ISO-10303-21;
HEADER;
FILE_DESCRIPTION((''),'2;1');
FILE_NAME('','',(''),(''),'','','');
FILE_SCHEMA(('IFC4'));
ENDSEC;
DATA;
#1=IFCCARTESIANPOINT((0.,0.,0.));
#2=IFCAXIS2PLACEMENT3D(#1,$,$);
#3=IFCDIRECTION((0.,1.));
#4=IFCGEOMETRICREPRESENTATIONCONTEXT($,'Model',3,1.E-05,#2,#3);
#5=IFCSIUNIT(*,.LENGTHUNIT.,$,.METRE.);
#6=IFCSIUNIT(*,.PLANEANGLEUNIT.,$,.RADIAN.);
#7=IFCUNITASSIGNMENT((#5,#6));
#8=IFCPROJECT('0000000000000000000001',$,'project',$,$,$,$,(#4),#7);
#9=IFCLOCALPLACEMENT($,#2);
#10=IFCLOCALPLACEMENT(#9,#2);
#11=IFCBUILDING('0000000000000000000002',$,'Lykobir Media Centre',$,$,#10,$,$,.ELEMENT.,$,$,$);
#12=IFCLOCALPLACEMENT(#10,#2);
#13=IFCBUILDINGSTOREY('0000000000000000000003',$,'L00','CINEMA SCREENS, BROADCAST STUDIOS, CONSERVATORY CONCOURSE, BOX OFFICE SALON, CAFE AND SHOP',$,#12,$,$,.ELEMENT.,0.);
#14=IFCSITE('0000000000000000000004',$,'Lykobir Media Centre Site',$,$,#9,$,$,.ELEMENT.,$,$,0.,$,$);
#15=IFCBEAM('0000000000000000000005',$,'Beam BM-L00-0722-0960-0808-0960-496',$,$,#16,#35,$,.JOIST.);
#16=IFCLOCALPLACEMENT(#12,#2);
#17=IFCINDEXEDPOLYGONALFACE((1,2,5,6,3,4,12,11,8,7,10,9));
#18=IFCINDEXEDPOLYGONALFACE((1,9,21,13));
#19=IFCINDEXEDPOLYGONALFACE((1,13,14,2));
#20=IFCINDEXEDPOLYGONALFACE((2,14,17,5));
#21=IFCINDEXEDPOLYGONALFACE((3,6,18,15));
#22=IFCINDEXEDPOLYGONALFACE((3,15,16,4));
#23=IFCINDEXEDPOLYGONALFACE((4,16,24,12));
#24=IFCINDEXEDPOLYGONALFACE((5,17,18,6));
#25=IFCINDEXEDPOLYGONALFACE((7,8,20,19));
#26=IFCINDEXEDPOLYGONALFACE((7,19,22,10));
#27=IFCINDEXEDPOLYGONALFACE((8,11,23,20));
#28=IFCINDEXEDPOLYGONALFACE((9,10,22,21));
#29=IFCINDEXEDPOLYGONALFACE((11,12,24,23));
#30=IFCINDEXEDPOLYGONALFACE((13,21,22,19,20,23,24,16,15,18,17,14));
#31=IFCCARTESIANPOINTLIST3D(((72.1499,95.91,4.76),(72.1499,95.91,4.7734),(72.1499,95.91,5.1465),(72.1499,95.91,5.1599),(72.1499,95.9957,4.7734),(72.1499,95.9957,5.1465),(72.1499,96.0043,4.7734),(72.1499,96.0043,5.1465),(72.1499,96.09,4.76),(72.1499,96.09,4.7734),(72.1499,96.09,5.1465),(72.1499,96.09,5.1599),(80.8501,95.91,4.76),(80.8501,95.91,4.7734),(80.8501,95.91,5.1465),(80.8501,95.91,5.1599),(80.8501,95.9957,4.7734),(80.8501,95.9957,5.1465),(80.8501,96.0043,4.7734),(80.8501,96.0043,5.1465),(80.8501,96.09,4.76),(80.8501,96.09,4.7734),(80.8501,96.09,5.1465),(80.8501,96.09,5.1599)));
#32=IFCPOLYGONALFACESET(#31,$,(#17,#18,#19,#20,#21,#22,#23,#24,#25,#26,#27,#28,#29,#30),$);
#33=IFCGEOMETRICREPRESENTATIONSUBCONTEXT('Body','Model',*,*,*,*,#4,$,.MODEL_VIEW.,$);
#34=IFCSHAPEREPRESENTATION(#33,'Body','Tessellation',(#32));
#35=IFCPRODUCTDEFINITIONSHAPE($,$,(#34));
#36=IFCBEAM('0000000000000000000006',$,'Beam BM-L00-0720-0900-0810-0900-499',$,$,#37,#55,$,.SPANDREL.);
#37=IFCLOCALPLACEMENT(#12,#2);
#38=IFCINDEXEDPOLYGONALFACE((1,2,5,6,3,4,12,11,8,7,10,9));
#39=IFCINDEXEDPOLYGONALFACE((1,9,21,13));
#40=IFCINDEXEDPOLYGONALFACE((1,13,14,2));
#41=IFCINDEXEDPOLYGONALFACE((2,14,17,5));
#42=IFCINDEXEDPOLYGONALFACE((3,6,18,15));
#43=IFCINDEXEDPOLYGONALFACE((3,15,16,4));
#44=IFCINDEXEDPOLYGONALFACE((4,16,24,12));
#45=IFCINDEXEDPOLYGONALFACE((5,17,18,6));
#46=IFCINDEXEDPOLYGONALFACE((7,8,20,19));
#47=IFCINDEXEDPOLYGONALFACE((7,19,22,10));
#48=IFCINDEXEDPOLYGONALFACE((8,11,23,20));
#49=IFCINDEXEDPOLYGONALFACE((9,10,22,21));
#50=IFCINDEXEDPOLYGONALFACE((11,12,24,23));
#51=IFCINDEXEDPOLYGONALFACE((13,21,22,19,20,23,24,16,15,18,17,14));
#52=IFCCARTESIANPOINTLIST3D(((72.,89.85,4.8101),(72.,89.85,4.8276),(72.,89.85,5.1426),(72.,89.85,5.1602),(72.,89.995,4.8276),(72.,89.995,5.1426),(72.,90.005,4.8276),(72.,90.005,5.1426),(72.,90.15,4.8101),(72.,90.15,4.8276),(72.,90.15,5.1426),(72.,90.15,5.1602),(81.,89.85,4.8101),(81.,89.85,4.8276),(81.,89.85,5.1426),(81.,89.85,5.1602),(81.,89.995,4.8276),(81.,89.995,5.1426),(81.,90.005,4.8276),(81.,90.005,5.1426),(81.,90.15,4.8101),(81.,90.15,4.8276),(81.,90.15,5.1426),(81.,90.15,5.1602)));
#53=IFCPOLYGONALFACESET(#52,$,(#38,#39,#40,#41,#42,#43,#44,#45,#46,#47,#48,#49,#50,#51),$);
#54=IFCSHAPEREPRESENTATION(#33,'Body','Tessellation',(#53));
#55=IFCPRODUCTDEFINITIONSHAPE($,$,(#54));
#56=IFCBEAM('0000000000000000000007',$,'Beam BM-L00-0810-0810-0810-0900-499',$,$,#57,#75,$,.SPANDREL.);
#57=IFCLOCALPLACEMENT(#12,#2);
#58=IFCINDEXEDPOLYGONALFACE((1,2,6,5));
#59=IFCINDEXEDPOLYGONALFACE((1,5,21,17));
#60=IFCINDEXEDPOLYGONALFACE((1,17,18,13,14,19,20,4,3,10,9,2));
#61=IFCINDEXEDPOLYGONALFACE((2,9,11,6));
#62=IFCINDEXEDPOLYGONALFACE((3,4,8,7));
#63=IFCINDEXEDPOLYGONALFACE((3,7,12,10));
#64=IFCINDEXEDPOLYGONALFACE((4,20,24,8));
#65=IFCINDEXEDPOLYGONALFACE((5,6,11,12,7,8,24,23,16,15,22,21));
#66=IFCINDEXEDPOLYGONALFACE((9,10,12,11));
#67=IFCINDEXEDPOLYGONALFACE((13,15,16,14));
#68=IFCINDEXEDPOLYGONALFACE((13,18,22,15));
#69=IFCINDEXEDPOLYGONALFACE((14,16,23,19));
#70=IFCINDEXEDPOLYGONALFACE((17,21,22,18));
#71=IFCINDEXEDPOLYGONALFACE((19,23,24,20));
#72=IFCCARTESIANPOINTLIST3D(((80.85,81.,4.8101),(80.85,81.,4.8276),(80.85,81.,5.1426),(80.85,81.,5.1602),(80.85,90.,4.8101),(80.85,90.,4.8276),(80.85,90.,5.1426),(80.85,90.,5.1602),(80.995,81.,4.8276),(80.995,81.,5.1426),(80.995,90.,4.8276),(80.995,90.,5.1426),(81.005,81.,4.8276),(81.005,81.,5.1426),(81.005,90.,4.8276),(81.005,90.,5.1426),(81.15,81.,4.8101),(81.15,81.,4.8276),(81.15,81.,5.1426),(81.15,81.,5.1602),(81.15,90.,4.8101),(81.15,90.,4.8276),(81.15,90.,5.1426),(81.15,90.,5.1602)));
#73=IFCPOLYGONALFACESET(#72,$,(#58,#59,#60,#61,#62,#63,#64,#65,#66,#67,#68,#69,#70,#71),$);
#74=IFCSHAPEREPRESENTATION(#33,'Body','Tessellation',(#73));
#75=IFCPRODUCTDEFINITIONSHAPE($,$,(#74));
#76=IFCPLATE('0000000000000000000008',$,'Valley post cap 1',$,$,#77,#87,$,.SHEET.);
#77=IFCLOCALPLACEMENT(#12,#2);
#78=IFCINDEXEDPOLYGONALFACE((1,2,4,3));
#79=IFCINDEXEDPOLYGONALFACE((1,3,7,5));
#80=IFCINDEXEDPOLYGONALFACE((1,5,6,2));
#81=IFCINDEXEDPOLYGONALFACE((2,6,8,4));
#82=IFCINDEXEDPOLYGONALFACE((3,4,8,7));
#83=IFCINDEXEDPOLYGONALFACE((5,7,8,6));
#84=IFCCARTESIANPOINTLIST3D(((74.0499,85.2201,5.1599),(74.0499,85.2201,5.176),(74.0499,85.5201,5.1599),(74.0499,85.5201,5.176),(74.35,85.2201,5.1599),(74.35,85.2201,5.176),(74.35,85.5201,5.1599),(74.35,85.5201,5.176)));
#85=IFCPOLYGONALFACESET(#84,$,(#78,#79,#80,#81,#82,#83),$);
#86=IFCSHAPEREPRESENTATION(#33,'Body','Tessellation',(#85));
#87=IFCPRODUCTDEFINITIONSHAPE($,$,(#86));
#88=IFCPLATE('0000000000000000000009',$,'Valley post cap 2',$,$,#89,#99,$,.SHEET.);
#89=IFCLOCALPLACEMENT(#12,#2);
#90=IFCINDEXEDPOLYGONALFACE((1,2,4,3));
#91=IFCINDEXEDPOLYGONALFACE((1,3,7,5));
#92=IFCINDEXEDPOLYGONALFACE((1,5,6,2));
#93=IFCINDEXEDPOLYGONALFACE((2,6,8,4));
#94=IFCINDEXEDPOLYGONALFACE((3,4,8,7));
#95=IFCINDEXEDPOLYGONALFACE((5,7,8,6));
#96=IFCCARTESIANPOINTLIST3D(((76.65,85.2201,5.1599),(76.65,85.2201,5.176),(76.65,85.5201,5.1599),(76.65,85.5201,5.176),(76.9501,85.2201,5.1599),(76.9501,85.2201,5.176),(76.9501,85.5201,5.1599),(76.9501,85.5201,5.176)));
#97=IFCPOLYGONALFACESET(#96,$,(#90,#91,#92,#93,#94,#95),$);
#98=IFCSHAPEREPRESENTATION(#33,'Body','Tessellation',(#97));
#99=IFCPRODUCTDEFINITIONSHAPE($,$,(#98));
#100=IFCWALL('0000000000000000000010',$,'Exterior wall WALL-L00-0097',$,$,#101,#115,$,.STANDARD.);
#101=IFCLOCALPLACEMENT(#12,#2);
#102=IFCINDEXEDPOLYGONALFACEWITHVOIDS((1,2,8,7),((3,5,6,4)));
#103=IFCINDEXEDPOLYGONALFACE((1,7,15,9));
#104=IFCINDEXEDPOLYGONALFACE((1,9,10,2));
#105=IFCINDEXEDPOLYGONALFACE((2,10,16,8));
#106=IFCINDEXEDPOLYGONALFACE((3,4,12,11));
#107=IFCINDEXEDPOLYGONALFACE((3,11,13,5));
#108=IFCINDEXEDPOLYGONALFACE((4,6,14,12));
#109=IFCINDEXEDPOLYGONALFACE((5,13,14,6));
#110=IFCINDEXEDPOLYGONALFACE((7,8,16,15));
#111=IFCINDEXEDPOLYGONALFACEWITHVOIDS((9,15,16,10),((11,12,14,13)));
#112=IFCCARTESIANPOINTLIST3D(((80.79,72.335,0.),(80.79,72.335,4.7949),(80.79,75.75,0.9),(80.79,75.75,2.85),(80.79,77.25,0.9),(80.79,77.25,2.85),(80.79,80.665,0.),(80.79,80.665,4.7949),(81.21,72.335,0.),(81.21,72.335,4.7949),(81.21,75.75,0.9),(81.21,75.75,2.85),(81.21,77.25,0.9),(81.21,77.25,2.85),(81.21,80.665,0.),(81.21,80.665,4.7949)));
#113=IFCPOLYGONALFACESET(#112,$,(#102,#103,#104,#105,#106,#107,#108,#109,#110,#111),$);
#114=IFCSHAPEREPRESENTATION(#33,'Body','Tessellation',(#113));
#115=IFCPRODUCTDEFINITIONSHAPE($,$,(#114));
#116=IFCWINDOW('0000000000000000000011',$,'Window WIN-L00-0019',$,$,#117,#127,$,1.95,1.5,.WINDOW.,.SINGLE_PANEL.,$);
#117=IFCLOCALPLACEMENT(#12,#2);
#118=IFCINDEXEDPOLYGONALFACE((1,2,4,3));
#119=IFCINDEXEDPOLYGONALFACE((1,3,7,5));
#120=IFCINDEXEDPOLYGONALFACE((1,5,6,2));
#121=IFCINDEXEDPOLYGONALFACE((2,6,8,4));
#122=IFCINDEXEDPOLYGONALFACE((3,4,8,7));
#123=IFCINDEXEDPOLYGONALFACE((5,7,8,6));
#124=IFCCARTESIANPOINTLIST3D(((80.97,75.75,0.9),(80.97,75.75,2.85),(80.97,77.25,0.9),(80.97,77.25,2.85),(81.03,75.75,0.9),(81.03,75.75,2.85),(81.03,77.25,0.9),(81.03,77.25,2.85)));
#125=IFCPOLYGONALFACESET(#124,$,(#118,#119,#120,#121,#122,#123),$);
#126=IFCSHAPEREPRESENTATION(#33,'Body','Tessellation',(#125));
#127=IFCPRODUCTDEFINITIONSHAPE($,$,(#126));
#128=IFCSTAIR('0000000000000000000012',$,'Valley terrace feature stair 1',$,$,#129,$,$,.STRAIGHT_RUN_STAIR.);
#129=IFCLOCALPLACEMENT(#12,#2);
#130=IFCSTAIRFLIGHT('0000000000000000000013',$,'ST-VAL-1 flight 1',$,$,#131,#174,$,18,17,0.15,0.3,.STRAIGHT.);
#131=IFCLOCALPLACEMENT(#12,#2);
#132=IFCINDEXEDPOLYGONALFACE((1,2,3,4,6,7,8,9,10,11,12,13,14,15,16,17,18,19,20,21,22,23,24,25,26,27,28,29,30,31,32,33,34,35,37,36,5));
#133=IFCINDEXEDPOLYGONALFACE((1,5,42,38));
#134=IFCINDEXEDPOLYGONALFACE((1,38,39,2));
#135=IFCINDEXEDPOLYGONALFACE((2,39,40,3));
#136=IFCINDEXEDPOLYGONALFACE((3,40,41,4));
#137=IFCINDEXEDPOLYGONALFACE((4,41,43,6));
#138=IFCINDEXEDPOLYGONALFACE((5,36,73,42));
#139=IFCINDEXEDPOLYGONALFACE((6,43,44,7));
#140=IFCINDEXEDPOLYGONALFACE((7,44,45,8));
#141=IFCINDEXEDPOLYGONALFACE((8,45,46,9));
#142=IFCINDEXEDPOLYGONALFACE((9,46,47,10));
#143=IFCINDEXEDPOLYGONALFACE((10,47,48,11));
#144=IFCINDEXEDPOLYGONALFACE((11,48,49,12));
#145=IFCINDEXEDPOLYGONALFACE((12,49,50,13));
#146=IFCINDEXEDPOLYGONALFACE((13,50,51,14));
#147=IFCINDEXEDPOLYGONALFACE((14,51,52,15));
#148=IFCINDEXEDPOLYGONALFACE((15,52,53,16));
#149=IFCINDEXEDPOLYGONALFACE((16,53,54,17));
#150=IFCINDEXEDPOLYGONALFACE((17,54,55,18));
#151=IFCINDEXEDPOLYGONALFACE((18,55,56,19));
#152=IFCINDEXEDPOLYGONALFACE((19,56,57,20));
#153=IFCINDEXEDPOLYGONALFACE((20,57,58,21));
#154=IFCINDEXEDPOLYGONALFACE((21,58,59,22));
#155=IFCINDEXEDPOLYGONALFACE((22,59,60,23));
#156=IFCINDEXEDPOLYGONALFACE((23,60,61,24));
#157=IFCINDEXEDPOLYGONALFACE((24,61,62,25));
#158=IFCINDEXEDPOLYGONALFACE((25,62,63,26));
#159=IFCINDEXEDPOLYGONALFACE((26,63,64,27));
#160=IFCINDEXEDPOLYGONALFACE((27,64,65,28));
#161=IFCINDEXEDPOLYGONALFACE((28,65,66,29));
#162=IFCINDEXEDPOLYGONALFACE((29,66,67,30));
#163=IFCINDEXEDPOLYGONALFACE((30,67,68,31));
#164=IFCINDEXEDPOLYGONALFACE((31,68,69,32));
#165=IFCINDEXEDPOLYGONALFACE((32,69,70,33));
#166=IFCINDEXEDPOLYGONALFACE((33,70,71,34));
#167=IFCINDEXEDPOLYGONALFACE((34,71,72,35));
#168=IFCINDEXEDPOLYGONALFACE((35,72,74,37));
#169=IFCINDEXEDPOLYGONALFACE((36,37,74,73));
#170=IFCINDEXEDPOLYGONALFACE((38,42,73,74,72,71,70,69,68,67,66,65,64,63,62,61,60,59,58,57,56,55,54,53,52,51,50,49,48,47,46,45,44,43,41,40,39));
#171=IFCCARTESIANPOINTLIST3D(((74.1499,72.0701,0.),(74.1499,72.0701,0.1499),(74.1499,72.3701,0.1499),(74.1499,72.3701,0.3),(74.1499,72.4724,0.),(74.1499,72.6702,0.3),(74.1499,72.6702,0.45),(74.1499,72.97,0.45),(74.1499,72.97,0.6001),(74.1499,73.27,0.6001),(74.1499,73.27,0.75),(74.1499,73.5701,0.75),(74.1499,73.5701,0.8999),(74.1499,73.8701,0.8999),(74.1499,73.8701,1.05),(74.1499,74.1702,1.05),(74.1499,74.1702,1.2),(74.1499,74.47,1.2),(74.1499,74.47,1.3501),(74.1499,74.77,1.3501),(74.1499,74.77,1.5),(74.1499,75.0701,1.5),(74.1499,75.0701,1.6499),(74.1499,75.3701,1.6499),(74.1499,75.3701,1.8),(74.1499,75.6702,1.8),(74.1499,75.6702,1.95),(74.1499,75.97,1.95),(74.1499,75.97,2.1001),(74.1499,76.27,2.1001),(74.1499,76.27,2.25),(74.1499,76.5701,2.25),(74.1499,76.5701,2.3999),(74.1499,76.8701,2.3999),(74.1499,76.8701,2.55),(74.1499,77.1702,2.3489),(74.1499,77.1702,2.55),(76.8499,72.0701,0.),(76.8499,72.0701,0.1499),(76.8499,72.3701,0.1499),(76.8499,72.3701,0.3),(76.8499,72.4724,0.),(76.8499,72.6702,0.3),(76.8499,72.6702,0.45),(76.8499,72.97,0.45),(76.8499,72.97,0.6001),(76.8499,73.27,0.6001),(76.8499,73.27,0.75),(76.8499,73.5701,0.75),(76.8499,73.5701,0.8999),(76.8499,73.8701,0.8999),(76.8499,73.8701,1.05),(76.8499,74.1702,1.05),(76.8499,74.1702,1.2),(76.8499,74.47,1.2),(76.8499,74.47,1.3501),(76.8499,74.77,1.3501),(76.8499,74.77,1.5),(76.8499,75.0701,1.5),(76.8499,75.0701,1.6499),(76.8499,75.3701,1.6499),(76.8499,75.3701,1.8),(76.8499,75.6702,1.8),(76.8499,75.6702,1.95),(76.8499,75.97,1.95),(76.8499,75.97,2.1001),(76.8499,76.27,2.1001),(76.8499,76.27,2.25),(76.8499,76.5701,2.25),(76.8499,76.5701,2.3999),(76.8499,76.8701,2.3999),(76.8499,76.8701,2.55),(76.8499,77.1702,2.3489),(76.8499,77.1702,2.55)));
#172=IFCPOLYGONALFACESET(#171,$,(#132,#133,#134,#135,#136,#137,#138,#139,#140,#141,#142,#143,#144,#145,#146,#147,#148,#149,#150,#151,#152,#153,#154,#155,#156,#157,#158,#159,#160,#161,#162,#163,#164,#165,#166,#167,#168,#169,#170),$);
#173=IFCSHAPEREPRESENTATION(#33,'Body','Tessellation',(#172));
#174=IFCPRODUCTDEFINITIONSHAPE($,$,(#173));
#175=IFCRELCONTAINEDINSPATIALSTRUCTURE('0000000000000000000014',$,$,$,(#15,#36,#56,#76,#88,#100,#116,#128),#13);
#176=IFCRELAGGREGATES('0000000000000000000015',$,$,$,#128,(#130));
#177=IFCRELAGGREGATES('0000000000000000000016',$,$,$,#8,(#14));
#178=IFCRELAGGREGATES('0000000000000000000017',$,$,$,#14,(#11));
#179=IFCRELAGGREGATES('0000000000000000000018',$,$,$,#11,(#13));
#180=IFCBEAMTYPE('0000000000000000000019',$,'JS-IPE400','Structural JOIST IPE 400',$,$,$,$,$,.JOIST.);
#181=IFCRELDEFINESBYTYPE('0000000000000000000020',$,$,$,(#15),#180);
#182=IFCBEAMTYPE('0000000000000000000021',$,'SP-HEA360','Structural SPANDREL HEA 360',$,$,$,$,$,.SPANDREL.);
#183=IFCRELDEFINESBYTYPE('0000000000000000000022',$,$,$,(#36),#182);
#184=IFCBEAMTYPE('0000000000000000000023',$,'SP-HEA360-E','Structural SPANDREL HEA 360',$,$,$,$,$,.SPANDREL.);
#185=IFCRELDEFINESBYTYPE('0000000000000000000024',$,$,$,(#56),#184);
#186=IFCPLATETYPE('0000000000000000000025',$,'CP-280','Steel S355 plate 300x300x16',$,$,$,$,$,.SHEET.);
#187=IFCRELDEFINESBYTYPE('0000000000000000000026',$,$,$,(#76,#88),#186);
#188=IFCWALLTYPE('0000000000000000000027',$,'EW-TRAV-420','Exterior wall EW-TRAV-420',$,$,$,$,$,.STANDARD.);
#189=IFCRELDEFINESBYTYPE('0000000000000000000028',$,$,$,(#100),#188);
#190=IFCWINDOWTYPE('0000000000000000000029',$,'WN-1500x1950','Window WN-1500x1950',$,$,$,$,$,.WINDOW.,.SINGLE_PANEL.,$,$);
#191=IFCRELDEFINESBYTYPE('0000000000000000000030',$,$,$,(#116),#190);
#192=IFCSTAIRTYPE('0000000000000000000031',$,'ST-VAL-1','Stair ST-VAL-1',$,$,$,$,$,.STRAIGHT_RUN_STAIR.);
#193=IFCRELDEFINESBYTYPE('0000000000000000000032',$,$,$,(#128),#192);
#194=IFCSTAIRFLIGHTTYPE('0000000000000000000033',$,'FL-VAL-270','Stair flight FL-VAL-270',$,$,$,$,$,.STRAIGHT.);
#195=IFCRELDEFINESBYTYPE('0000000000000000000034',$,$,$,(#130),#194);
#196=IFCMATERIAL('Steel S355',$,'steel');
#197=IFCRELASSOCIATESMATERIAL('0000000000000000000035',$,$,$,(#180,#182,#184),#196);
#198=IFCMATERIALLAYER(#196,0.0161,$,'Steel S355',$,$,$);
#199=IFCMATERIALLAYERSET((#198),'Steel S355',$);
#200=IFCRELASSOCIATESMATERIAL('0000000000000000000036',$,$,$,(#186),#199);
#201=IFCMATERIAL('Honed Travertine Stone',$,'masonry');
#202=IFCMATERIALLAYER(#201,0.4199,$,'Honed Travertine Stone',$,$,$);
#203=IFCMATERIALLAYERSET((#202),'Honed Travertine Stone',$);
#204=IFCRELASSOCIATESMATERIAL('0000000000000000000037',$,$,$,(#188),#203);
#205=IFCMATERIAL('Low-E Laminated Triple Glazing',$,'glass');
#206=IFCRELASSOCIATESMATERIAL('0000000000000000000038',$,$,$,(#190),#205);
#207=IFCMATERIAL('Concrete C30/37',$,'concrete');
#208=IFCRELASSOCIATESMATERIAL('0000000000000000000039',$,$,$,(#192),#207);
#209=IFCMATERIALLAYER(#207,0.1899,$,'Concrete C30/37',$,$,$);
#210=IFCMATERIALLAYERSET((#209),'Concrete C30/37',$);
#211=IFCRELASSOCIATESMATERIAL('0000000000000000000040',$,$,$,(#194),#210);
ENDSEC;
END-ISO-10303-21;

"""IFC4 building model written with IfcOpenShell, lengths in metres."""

from ifc_helpers import new_model, si_unit, direction, frame, frame_2d, origin, origin_2d, place, context, subcontext, project, spatial, polyline, rectangle, i_section, outline, extrude, material, layer, layer_set, material_profile, profile_set, type_object, element, fill, aggregate, save


model = new_model("IFC4")

# Units and contexts
model_context = context("Model", 3, precision=1e-05, world=origin(), true_north=direction((0.0, 1.0)))
body_context = subcontext(model_context, "Body", "Model", "MODEL_VIEW")
ifc_project = project(units=[si_unit("LENGTHUNIT", "METRE"), si_unit("PLANEANGLEUNIT", "RADIAN")], contexts=[model_context])

# Site, building, storey
site_placement = place(None, origin())
site = spatial("IfcSite", under=ifc_project, at=site_placement, Name="Lykobir Media Centre Site", CompositionType="ELEMENT", RefElevation=0.0)
building_placement = place(site_placement, origin())
building = spatial("IfcBuilding", under=site, at=building_placement, Name="Lykobir Media Centre", CompositionType="ELEMENT")
storey_placement = place(building_placement, origin())
storey = spatial("IfcBuildingStorey", under=building, at=storey_placement, Name="L00", Description="CINEMA SCREENS, BROADCAST STUDIOS, CONSERVATORY CONCOURSE, BOX OFFICE SALON, CAFE AND SHOP", CompositionType="ELEMENT", Elevation=0.0)

# Shared definitions
ifc_material_1 = material(Name="Steel S355", Category="steel")

# Beams
ifc_material_profile_1 = material_profile(ifc_material_1, i_section(OverallWidth=0.1799, OverallDepth=0.3999, WebThickness=0.0085, FlangeThickness=0.0134, at=origin_2d()), Name="IPE 400")
ifc_profile_set_1 = profile_set([ifc_material_profile_1], Name="Steel S355")
beam_type_1 = type_object("IfcBeamType", Name="JS-IPE400", Description="Structural JOIST IPE 400", PredefinedType="JOIST", material=ifc_profile_set_1)
for number, where, z_axis, x_axis, name in (
    (1, (72.1499, 96.0, 4.96), (1.0, 0.0, 0.0), (0.0, 1.0, 0.0), "Beam BM-L00-0722-0960-0808-0960-496"),
):
    element("IfcBeam", number, at=place(storey_placement, frame(where, z_axis=z_axis, x_axis=x_axis)), inside=storey, type_object=beam_type_1, Name=name, PredefinedType="JOIST", context=body_context, shape_type="SweptSolid", body=[
        extrude(i_section(OverallWidth=0.1799, OverallDepth=0.3999, WebThickness=0.0085, FlangeThickness=0.0134, at=origin_2d()), origin(), (0.0, 0.0, 1.0), 8.7002),
    ])
ifc_material_profile_2 = material_profile(ifc_material_1, i_section(OverallWidth=0.3, OverallDepth=0.3501, WebThickness=0.01, FlangeThickness=0.0176, at=origin_2d()), Name="HEA 360")
ifc_profile_set_2 = profile_set([ifc_material_profile_2], Name="Steel S355")
beam_type_2 = type_object("IfcBeamType", Name="SP-HEA360", Description="Structural SPANDREL HEA 360", PredefinedType="SPANDREL", material=ifc_profile_set_2)
beam_1_placement = place(storey_placement, frame((72.0, 90.0, 4.9851), z_axis=(1.0, 0.0, 0.0), x_axis=(0.0, 1.0, 0.0)))
element("IfcBeam", 2, at=beam_1_placement, inside=storey, type_object=beam_type_2, Name="Beam BM-L00-0720-0900-0810-0900-499", PredefinedType="SPANDREL", context=body_context, shape_type="SweptSolid", body=[
    extrude(i_section(OverallWidth=0.3, OverallDepth=0.3501, WebThickness=0.01, FlangeThickness=0.0176, at=origin_2d()), origin(), (0.0, 0.0, 1.0), 9.0),
])
ifc_material_profile_3 = material_profile(ifc_material_1, i_section(OverallWidth=0.3, OverallDepth=0.3501, WebThickness=0.01, FlangeThickness=0.0176, at=origin_2d()), Name="HEA 360")
ifc_profile_set_3 = profile_set([ifc_material_profile_3], Name="Steel S355")
beam_type_3 = type_object("IfcBeamType", Name="SP-HEA360-E", Description="Structural SPANDREL HEA 360", PredefinedType="SPANDREL", material=ifc_profile_set_3)
beam_2_placement = place(storey_placement, frame((81.0, 81.0, 4.9851), z_axis=(0.0, 1.0, 0.0), x_axis=(-1.0, 0.0, 0.0)))
element("IfcBeam", 3, at=beam_2_placement, inside=storey, type_object=beam_type_3, Name="Beam BM-L00-0810-0810-0810-0900-499", PredefinedType="SPANDREL", context=body_context, shape_type="SweptSolid", body=[
    extrude(i_section(OverallWidth=0.3, OverallDepth=0.3501, WebThickness=0.01, FlangeThickness=0.0176, at=origin_2d()), origin(), (0.0, 0.0, 1.0), 9.0),
])

# Plates
ifc_layer_1 = layer(ifc_material_1, 0.0161, Name="Steel S355")
ifc_layer_set_1 = layer_set([ifc_layer_1], Name="Steel S355")
plate_type = type_object("IfcPlateType", Name="CP-280", Description="Steel S355 plate 300x300x16", PredefinedType="SHEET", material=ifc_layer_set_1)
for number, where, z_axis, x_axis, name in (
    (4, (74.2, 85.3701, 5.1599), (0.0, 0.0, 1.0), (1.0, 0.0, 0.0), "Valley post cap 1"),
    (5, (76.8, 85.3701, 5.1599), (0.0, 0.0, 1.0), (1.0, 0.0, 0.0), "Valley post cap 2"),
):
    element("IfcPlate", number, at=place(storey_placement, frame(where, z_axis=z_axis, x_axis=x_axis)), inside=storey, type_object=plate_type, Name=name, PredefinedType="SHEET", context=body_context, shape_type="SweptSolid", body=[
        extrude(rectangle(XDim=0.3, YDim=0.3, at=origin_2d()), origin(), (0.0, 0.0, 1.0), 0.0161),
    ])

# Wall, opening, window
ifc_material_2 = material(Name="Honed Travertine Stone", Category="masonry")
ifc_layer_2 = layer(ifc_material_2, 0.4199, Name="Honed Travertine Stone")
ifc_layer_set_2 = layer_set([ifc_layer_2], Name="Honed Travertine Stone")
wall_type = type_object("IfcWallType", Name="EW-TRAV-420", Description="Exterior wall EW-TRAV-420", PredefinedType="STANDARD", material=ifc_layer_set_2)
wall_placement = place(storey_placement, frame((81.0, 72.335, 0.0), z_axis=(0.0, 0.0, 1.0), x_axis=(0.0, 1.0, 0.0)))
wall = element("IfcWall", 6, at=wall_placement, inside=storey, type_object=wall_type, Name="Exterior wall WALL-L00-0097", PredefinedType="STANDARD", context=body_context, shape_type="SweptSolid", body=[
    extrude(rectangle(XDim=8.3301, YDim=0.4199, at=frame_2d((4.165, 0.0))), origin(), (0.0, 0.0, 1.0), 4.7949),
])
opening_placement = place(wall_placement, frame((3.415, 0.0, 0.8999)))
opening = element("IfcOpeningElement", 7, at=opening_placement, cuts=wall, PredefinedType="OPENING", context=body_context, shape_type="SweptSolid", body=[
    extrude(rectangle(XDim=1.5, YDim=1.95, at=frame_2d((0.75, 0.9751))), frame((0.0, 0.22, 0.0), z_axis=(0.0, -1.0, 0.0), x_axis=(1.0, 0.0, 0.0)), (0.0, 0.0, 1.0), 0.4399),
])
ifc_material_3 = material(Name="Low-E Laminated Triple Glazing", Category="glass")
window_type = type_object("IfcWindowType", Name="WN-1500x1950", Description="Window WN-1500x1950", PartitioningType="SINGLE_PANEL", PredefinedType="WINDOW", material=ifc_material_3)
window_placement = place(opening_placement, origin())
window = element("IfcWindow", 8, at=window_placement, inside=storey, type_object=window_type, Name="Window WIN-L00-0019", OverallHeight=1.95, OverallWidth=1.5, PartitioningType="SINGLE_PANEL", PredefinedType="WINDOW", context=body_context, shape_type="SweptSolid", body=[
    extrude(rectangle(XDim=1.5, YDim=1.95, at=frame_2d((0.75, 0.9751))), frame((0.0, 0.03, 0.0), z_axis=(0.0, -1.0, 0.0), x_axis=(1.0, 0.0, 0.0)), (0.0, 0.0, 1.0), 0.0601),
])
fill(opening, window)

# Stair, stair flight
ifc_material_4 = material(Name="Concrete C30/37", Category="concrete")
stair_type = type_object("IfcStairType", Name="ST-VAL-1", Description="Stair ST-VAL-1", PredefinedType="STRAIGHT_RUN_STAIR", material=ifc_material_4)
stair_placement = place(storey_placement, origin())
stair = element("IfcStair", 9, at=stair_placement, inside=storey, type_object=stair_type, Name="Valley terrace feature stair 1", PredefinedType="STRAIGHT_RUN_STAIR")
ifc_layer_3 = layer(ifc_material_4, 0.1899, Name="Concrete C30/37")
ifc_layer_set_3 = layer_set([ifc_layer_3], Name="Concrete C30/37")
stair_flight_type = type_object("IfcStairFlightType", Name="FL-VAL-270", Description="Stair flight FL-VAL-270", PredefinedType="STRAIGHT", material=ifc_layer_set_3)
stair_flight_1_placement = place(storey_placement, frame((75.5, 72.0701, 0.0), z_axis=(0.0, 0.0, 1.0), x_axis=(0.0, 1.0, 0.0)))
stair_flight_1 = element("IfcStairFlight", 10, at=stair_flight_1_placement, type_object=stair_flight_type, Name="ST-VAL-1 flight 1", NumberOfRisers=18, NumberOfTreads=17, PredefinedType="STRAIGHT", RiserHeight=0.15, TreadLength=0.3, context=body_context, shape_type="SweptSolid", body=[
    extrude(outline(polyline([(0.0, 0.0), (0.0, 0.1499), (0.3, 0.1499), (0.3, 0.3), (0.6001, 0.3), (0.6001, 0.45), (0.8999, 0.45), (0.8999, 0.6001), (1.2, 0.6001), (1.2, 0.75), (1.5, 0.75), (1.5, 0.8999), (1.8, 0.8999), (1.8, 1.05), (2.1001, 1.05), (2.1001, 1.2), (2.3999, 1.2), (2.3999, 1.3501), (2.7, 1.3501), (2.7, 1.5), (3.0, 1.5), (3.0, 1.6499), (3.3, 1.6499), (3.3, 1.8), (3.6001, 1.8), (3.6001, 1.95), (3.8999, 1.95), (3.8999, 2.1001), (4.2, 2.1001), (4.2, 2.25), (4.5, 2.25), (4.5, 2.3999), (4.8, 2.3999), (4.8, 2.55), (5.1001, 2.55), (5.1001, 2.7), (5.1001, 2.3489), (0.4023, 0.0), (0.0, 0.0)])), frame((0.0, 1.3501, 0.0), z_axis=(0.0, -1.0, 0.0), x_axis=(1.0, 0.0, 0.0)), (0.0, 0.0, 1.0), 2.7),
])
aggregate(stair, [stair_flight_1])

save(model, "model.ifc")
